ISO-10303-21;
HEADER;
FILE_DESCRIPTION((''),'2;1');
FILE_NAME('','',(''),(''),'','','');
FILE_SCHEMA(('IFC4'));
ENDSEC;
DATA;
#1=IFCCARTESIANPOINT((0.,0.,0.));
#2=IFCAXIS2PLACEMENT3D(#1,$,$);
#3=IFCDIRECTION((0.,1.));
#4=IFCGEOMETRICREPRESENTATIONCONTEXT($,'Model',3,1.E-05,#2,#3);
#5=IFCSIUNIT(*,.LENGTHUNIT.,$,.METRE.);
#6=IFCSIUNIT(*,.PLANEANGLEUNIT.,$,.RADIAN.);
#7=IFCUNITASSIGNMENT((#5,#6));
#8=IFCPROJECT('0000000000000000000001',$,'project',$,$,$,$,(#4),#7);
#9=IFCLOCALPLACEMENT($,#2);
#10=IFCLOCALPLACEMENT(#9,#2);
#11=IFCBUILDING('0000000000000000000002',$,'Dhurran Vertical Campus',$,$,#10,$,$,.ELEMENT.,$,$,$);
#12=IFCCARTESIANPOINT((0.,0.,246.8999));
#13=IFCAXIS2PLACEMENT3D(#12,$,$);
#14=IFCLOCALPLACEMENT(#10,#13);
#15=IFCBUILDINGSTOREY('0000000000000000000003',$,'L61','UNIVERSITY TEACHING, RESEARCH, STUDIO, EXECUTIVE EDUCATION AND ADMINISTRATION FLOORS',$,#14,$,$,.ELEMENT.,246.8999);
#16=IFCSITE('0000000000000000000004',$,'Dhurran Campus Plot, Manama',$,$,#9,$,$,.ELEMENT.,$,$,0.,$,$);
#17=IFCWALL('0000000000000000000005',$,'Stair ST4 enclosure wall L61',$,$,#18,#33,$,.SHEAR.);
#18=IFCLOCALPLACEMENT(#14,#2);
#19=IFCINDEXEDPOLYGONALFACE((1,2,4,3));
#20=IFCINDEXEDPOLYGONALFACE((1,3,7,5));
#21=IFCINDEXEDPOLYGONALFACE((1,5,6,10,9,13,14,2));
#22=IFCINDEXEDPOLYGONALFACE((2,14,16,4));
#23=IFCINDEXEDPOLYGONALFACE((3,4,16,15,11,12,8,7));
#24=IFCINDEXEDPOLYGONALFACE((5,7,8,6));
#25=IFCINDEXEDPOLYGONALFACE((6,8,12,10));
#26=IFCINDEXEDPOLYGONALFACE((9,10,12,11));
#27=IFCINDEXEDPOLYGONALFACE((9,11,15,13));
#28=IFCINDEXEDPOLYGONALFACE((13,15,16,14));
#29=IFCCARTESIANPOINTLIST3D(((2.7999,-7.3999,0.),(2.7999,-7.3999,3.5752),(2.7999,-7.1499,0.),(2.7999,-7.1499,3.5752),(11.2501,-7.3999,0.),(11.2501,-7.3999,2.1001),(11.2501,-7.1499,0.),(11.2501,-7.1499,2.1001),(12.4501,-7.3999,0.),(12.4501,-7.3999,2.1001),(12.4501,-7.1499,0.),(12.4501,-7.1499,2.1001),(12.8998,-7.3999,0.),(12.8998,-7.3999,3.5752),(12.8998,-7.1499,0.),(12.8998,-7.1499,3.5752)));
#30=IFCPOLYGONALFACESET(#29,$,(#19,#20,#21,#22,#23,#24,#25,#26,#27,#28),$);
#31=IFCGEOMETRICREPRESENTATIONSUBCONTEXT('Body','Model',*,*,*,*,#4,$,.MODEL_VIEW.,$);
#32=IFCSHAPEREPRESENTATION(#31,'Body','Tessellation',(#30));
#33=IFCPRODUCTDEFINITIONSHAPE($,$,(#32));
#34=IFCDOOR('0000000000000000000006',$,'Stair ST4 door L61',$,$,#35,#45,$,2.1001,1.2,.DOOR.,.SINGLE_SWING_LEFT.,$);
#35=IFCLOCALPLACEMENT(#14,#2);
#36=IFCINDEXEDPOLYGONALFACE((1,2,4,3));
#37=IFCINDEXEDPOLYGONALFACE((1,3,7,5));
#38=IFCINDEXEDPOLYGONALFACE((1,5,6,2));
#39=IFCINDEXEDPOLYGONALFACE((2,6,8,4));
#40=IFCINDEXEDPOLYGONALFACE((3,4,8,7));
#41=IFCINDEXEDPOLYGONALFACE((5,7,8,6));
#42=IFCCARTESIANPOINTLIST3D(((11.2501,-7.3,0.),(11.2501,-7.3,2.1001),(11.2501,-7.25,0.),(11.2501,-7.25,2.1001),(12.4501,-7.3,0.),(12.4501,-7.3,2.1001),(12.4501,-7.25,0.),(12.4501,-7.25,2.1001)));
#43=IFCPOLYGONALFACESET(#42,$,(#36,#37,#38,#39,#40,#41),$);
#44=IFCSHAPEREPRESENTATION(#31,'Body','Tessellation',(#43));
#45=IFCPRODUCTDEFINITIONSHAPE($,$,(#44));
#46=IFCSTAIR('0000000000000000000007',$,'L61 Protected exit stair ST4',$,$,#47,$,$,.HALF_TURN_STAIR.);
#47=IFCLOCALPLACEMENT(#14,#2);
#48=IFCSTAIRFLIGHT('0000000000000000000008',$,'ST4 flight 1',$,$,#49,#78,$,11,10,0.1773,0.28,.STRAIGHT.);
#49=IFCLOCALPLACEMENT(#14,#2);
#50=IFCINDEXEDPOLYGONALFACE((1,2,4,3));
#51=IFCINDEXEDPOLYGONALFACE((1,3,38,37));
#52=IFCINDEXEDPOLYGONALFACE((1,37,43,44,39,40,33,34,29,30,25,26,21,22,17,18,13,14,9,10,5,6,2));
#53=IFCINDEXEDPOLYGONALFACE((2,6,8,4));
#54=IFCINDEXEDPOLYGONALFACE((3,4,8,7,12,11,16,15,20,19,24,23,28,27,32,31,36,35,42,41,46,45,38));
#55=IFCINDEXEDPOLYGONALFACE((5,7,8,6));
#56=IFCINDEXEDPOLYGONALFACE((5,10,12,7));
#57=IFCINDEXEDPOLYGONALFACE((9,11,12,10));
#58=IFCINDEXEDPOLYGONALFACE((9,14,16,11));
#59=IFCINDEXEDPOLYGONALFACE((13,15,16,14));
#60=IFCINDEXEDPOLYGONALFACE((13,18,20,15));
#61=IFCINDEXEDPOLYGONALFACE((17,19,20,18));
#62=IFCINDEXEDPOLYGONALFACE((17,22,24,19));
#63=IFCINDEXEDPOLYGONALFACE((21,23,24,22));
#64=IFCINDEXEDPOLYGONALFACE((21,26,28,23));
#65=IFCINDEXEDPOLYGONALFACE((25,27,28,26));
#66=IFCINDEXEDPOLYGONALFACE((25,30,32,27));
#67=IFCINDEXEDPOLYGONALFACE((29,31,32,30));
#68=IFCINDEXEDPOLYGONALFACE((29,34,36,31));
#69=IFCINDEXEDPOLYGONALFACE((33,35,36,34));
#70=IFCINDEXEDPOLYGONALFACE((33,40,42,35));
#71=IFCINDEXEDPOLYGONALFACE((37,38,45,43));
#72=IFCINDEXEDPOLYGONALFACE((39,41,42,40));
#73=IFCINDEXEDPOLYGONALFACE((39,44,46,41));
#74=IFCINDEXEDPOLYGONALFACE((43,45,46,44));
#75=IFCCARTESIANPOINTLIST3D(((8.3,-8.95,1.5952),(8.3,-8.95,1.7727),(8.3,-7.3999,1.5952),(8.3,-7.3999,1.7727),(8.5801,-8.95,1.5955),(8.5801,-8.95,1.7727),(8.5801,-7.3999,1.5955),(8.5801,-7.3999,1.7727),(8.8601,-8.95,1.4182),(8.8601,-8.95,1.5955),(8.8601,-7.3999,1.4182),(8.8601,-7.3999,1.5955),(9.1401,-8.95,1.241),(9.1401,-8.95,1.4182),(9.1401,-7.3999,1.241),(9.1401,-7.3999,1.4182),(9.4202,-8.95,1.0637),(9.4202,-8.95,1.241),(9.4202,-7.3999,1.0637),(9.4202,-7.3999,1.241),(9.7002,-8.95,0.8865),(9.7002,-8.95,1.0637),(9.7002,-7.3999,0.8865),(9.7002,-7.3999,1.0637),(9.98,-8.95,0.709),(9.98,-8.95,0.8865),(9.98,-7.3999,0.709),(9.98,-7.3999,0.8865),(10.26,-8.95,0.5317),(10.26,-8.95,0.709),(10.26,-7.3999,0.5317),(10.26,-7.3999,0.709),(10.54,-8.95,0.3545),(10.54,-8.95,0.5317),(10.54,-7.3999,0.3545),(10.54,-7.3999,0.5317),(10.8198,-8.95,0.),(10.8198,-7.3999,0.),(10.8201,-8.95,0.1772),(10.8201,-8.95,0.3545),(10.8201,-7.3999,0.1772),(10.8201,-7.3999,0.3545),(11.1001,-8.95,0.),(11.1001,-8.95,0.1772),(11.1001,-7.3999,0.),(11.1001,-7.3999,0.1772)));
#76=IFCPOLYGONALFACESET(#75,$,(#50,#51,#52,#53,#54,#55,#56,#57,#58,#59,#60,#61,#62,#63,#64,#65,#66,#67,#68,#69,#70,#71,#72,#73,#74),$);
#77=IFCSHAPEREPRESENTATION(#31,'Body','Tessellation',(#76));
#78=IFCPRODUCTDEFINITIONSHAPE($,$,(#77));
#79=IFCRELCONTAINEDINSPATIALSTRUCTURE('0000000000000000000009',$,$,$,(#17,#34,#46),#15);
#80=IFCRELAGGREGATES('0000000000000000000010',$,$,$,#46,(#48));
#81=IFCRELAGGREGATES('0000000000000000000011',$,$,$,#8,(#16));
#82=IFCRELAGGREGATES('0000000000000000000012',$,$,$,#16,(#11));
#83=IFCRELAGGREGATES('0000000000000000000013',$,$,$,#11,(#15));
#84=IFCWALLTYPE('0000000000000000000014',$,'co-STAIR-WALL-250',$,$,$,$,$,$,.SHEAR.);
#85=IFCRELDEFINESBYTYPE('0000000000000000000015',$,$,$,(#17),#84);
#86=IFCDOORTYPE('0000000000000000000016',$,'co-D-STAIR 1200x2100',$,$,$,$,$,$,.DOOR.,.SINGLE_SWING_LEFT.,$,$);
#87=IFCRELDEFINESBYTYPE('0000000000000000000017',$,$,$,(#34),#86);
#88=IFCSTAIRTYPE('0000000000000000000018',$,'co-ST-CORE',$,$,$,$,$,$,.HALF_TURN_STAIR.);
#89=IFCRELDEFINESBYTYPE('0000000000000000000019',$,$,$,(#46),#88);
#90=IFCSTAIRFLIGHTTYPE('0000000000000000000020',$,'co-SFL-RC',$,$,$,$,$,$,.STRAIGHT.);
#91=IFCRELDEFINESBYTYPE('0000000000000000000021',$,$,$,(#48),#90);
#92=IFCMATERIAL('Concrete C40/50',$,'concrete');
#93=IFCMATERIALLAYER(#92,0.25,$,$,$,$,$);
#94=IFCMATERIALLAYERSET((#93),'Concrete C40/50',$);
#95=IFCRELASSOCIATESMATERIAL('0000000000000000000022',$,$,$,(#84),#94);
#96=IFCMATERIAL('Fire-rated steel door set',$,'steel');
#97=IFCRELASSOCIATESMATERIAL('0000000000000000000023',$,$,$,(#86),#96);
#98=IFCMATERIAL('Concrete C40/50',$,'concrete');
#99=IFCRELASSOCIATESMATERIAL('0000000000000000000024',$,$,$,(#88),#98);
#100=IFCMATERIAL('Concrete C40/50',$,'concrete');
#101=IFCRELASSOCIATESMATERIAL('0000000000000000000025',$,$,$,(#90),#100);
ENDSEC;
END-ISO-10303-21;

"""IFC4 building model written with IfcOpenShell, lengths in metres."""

from ifc_helpers import new_model, si_unit, direction, frame, frame_2d, origin, place, context, subcontext, project, spatial, polyline, rectangle, outline, extrude, material, layer, layer_set, type_object, element, fill, aggregate, save


model = new_model("IFC4")

# Units and contexts
model_context = context("Model", 3, precision=1e-05, world=origin(), true_north=direction((0.0, 1.0)))
body_context = subcontext(model_context, "Body", "Model", "MODEL_VIEW")
ifc_project = project(units=[si_unit("LENGTHUNIT", "METRE"), si_unit("PLANEANGLEUNIT", "RADIAN")], contexts=[model_context])

# Site, building, storey
site_placement = place(None, origin())
site = spatial("IfcSite", under=ifc_project, at=site_placement, Name="Dhurran Campus Plot, Manama", CompositionType="ELEMENT", RefElevation=0.0)
building_placement = place(site_placement, origin())
building = spatial("IfcBuilding", under=site, at=building_placement, Name="Dhurran Vertical Campus", CompositionType="ELEMENT")
storey_placement = place(building_placement, frame((0.0, 0.0, 246.8999)))
storey = spatial("IfcBuildingStorey", under=building, at=storey_placement, Name="L61", Description="UNIVERSITY TEACHING, RESEARCH, STUDIO, EXECUTIVE EDUCATION AND ADMINISTRATION FLOORS", CompositionType="ELEMENT", Elevation=246.8999)

# Wall, opening, door
ifc_material_1 = material(Name="Concrete C40/50", Category="concrete")
ifc_layer_1 = layer(ifc_material_1, 0.25)
ifc_layer_set_1 = layer_set([ifc_layer_1], Name="Concrete C40/50")
wall_type_1 = type_object("IfcWallType", Name="co-STAIR-WALL-250", PredefinedType="SHEAR", material=ifc_layer_set_1)
wall_1_placement = place(storey_placement, frame((2.8, -7.2749, 0.0), z_axis=(0.0, 0.0, 1.0), x_axis=(1.0, 0.0, 0.0)))
wall_1 = element("IfcWall", 1, at=wall_1_placement, inside=storey, type_object=wall_type_1, Name="Stair ST4 enclosure wall L61", PredefinedType="SHEAR", context=body_context, shape_type="SweptSolid", body=[
    extrude(rectangle(XDim=10.0999, YDim=0.25, at=frame_2d((5.0498, 0.0))), origin(), (0.0, 0.0, 1.0), 3.5752),
])
opening_1_placement = place(wall_1_placement, frame((8.45, 0.0, 0.0)))
opening_1 = element("IfcOpeningElement", 2, at=opening_1_placement, cuts=wall_1, PredefinedType="OPENING", context=body_context, shape_type="SweptSolid", body=[
    extrude(rectangle(XDim=1.2, YDim=2.1001, at=frame_2d((0.6001, 1.05))), frame((0.0, 0.135, 0.0), z_axis=(0.0, -1.0, 0.0), x_axis=(1.0, 0.0, 0.0)), (0.0, 0.0, 1.0), 0.27),
])
ifc_material_2 = material(Name="Fire-rated steel door set", Category="steel")
door_type_1 = type_object("IfcDoorType", Name="co-D-STAIR 1200x2100", OperationType="SINGLE_SWING_LEFT", PredefinedType="DOOR", material=ifc_material_2)
door_1_placement = place(opening_1_placement, origin())
door_1 = element("IfcDoor", 3, at=door_1_placement, inside=storey, type_object=door_type_1, Name="Stair ST4 door L61", OperationType="SINGLE_SWING_LEFT", OverallHeight=2.1001, OverallWidth=1.2, PredefinedType="DOOR", context=body_context, shape_type="SweptSolid", body=[
    extrude(rectangle(XDim=1.2, YDim=2.1001, at=frame_2d((0.6001, 1.05))), frame((0.0, 0.0249, 0.0), z_axis=(0.0, -1.0, 0.0), x_axis=(1.0, 0.0, 0.0)), (0.0, 0.0, 1.0), 0.05),
])
fill(opening_1, door_1)

# Stair, stair flight
ifc_material_3 = material(Name="Concrete C40/50", Category="concrete")
stair_type = type_object("IfcStairType", Name="co-ST-CORE", PredefinedType="HALF_TURN_STAIR", material=ifc_material_3)
stair_placement = place(storey_placement, origin())
stair = element("IfcStair", 4, at=stair_placement, inside=storey, type_object=stair_type, Name="L61 Protected exit stair ST4", PredefinedType="HALF_TURN_STAIR")
ifc_material_4 = material(Name="Concrete C40/50", Category="concrete")
stair_flight_type = type_object("IfcStairFlightType", Name="co-SFL-RC", PredefinedType="STRAIGHT", material=ifc_material_4)
stair_flight_placement = place(storey_placement, frame((11.1001, -8.175, 0.0), z_axis=(0.0, 0.0, 1.0), x_axis=(-1.0, 0.0, 0.0)))
stair_flight = element("IfcStairFlight", 5, at=stair_flight_placement, type_object=stair_flight_type, Name="ST4 flight 1", NumberOfRisers=11, NumberOfTreads=10, PredefinedType="STRAIGHT", RiserHeight=0.1773, TreadLength=0.28, context=body_context, shape_type="SweptSolid", body=[
    extrude(outline(polyline([(0.0, 0.0), (0.0, 0.1772), (0.28, 0.1772), (0.28, 0.3545), (0.5601, 0.3545), (0.5601, 0.5317), (0.8401, 0.5317), (0.8401, 0.709), (1.1201, 0.709), (1.1201, 0.8865), (1.3999, 0.8865), (1.3999, 1.0637), (1.6799, 1.0637), (1.6799, 1.241), (1.96, 1.241), (1.96, 1.4182), (2.24, 1.4182), (2.24, 1.5955), (2.52, 1.5955), (2.52, 1.7727), (2.8, 1.7727), (2.8, 1.95), (2.8, 1.5952), (0.2803, 0.0), (0.0, 0.0)])), frame((0.0, 0.7749, 0.0), z_axis=(0.0, -1.0, 0.0), x_axis=(1.0, 0.0, 0.0)), (0.0, 0.0, 1.0), 1.55),
])
aggregate(stair, [stair_flight])

save(model, "model.ifc")
